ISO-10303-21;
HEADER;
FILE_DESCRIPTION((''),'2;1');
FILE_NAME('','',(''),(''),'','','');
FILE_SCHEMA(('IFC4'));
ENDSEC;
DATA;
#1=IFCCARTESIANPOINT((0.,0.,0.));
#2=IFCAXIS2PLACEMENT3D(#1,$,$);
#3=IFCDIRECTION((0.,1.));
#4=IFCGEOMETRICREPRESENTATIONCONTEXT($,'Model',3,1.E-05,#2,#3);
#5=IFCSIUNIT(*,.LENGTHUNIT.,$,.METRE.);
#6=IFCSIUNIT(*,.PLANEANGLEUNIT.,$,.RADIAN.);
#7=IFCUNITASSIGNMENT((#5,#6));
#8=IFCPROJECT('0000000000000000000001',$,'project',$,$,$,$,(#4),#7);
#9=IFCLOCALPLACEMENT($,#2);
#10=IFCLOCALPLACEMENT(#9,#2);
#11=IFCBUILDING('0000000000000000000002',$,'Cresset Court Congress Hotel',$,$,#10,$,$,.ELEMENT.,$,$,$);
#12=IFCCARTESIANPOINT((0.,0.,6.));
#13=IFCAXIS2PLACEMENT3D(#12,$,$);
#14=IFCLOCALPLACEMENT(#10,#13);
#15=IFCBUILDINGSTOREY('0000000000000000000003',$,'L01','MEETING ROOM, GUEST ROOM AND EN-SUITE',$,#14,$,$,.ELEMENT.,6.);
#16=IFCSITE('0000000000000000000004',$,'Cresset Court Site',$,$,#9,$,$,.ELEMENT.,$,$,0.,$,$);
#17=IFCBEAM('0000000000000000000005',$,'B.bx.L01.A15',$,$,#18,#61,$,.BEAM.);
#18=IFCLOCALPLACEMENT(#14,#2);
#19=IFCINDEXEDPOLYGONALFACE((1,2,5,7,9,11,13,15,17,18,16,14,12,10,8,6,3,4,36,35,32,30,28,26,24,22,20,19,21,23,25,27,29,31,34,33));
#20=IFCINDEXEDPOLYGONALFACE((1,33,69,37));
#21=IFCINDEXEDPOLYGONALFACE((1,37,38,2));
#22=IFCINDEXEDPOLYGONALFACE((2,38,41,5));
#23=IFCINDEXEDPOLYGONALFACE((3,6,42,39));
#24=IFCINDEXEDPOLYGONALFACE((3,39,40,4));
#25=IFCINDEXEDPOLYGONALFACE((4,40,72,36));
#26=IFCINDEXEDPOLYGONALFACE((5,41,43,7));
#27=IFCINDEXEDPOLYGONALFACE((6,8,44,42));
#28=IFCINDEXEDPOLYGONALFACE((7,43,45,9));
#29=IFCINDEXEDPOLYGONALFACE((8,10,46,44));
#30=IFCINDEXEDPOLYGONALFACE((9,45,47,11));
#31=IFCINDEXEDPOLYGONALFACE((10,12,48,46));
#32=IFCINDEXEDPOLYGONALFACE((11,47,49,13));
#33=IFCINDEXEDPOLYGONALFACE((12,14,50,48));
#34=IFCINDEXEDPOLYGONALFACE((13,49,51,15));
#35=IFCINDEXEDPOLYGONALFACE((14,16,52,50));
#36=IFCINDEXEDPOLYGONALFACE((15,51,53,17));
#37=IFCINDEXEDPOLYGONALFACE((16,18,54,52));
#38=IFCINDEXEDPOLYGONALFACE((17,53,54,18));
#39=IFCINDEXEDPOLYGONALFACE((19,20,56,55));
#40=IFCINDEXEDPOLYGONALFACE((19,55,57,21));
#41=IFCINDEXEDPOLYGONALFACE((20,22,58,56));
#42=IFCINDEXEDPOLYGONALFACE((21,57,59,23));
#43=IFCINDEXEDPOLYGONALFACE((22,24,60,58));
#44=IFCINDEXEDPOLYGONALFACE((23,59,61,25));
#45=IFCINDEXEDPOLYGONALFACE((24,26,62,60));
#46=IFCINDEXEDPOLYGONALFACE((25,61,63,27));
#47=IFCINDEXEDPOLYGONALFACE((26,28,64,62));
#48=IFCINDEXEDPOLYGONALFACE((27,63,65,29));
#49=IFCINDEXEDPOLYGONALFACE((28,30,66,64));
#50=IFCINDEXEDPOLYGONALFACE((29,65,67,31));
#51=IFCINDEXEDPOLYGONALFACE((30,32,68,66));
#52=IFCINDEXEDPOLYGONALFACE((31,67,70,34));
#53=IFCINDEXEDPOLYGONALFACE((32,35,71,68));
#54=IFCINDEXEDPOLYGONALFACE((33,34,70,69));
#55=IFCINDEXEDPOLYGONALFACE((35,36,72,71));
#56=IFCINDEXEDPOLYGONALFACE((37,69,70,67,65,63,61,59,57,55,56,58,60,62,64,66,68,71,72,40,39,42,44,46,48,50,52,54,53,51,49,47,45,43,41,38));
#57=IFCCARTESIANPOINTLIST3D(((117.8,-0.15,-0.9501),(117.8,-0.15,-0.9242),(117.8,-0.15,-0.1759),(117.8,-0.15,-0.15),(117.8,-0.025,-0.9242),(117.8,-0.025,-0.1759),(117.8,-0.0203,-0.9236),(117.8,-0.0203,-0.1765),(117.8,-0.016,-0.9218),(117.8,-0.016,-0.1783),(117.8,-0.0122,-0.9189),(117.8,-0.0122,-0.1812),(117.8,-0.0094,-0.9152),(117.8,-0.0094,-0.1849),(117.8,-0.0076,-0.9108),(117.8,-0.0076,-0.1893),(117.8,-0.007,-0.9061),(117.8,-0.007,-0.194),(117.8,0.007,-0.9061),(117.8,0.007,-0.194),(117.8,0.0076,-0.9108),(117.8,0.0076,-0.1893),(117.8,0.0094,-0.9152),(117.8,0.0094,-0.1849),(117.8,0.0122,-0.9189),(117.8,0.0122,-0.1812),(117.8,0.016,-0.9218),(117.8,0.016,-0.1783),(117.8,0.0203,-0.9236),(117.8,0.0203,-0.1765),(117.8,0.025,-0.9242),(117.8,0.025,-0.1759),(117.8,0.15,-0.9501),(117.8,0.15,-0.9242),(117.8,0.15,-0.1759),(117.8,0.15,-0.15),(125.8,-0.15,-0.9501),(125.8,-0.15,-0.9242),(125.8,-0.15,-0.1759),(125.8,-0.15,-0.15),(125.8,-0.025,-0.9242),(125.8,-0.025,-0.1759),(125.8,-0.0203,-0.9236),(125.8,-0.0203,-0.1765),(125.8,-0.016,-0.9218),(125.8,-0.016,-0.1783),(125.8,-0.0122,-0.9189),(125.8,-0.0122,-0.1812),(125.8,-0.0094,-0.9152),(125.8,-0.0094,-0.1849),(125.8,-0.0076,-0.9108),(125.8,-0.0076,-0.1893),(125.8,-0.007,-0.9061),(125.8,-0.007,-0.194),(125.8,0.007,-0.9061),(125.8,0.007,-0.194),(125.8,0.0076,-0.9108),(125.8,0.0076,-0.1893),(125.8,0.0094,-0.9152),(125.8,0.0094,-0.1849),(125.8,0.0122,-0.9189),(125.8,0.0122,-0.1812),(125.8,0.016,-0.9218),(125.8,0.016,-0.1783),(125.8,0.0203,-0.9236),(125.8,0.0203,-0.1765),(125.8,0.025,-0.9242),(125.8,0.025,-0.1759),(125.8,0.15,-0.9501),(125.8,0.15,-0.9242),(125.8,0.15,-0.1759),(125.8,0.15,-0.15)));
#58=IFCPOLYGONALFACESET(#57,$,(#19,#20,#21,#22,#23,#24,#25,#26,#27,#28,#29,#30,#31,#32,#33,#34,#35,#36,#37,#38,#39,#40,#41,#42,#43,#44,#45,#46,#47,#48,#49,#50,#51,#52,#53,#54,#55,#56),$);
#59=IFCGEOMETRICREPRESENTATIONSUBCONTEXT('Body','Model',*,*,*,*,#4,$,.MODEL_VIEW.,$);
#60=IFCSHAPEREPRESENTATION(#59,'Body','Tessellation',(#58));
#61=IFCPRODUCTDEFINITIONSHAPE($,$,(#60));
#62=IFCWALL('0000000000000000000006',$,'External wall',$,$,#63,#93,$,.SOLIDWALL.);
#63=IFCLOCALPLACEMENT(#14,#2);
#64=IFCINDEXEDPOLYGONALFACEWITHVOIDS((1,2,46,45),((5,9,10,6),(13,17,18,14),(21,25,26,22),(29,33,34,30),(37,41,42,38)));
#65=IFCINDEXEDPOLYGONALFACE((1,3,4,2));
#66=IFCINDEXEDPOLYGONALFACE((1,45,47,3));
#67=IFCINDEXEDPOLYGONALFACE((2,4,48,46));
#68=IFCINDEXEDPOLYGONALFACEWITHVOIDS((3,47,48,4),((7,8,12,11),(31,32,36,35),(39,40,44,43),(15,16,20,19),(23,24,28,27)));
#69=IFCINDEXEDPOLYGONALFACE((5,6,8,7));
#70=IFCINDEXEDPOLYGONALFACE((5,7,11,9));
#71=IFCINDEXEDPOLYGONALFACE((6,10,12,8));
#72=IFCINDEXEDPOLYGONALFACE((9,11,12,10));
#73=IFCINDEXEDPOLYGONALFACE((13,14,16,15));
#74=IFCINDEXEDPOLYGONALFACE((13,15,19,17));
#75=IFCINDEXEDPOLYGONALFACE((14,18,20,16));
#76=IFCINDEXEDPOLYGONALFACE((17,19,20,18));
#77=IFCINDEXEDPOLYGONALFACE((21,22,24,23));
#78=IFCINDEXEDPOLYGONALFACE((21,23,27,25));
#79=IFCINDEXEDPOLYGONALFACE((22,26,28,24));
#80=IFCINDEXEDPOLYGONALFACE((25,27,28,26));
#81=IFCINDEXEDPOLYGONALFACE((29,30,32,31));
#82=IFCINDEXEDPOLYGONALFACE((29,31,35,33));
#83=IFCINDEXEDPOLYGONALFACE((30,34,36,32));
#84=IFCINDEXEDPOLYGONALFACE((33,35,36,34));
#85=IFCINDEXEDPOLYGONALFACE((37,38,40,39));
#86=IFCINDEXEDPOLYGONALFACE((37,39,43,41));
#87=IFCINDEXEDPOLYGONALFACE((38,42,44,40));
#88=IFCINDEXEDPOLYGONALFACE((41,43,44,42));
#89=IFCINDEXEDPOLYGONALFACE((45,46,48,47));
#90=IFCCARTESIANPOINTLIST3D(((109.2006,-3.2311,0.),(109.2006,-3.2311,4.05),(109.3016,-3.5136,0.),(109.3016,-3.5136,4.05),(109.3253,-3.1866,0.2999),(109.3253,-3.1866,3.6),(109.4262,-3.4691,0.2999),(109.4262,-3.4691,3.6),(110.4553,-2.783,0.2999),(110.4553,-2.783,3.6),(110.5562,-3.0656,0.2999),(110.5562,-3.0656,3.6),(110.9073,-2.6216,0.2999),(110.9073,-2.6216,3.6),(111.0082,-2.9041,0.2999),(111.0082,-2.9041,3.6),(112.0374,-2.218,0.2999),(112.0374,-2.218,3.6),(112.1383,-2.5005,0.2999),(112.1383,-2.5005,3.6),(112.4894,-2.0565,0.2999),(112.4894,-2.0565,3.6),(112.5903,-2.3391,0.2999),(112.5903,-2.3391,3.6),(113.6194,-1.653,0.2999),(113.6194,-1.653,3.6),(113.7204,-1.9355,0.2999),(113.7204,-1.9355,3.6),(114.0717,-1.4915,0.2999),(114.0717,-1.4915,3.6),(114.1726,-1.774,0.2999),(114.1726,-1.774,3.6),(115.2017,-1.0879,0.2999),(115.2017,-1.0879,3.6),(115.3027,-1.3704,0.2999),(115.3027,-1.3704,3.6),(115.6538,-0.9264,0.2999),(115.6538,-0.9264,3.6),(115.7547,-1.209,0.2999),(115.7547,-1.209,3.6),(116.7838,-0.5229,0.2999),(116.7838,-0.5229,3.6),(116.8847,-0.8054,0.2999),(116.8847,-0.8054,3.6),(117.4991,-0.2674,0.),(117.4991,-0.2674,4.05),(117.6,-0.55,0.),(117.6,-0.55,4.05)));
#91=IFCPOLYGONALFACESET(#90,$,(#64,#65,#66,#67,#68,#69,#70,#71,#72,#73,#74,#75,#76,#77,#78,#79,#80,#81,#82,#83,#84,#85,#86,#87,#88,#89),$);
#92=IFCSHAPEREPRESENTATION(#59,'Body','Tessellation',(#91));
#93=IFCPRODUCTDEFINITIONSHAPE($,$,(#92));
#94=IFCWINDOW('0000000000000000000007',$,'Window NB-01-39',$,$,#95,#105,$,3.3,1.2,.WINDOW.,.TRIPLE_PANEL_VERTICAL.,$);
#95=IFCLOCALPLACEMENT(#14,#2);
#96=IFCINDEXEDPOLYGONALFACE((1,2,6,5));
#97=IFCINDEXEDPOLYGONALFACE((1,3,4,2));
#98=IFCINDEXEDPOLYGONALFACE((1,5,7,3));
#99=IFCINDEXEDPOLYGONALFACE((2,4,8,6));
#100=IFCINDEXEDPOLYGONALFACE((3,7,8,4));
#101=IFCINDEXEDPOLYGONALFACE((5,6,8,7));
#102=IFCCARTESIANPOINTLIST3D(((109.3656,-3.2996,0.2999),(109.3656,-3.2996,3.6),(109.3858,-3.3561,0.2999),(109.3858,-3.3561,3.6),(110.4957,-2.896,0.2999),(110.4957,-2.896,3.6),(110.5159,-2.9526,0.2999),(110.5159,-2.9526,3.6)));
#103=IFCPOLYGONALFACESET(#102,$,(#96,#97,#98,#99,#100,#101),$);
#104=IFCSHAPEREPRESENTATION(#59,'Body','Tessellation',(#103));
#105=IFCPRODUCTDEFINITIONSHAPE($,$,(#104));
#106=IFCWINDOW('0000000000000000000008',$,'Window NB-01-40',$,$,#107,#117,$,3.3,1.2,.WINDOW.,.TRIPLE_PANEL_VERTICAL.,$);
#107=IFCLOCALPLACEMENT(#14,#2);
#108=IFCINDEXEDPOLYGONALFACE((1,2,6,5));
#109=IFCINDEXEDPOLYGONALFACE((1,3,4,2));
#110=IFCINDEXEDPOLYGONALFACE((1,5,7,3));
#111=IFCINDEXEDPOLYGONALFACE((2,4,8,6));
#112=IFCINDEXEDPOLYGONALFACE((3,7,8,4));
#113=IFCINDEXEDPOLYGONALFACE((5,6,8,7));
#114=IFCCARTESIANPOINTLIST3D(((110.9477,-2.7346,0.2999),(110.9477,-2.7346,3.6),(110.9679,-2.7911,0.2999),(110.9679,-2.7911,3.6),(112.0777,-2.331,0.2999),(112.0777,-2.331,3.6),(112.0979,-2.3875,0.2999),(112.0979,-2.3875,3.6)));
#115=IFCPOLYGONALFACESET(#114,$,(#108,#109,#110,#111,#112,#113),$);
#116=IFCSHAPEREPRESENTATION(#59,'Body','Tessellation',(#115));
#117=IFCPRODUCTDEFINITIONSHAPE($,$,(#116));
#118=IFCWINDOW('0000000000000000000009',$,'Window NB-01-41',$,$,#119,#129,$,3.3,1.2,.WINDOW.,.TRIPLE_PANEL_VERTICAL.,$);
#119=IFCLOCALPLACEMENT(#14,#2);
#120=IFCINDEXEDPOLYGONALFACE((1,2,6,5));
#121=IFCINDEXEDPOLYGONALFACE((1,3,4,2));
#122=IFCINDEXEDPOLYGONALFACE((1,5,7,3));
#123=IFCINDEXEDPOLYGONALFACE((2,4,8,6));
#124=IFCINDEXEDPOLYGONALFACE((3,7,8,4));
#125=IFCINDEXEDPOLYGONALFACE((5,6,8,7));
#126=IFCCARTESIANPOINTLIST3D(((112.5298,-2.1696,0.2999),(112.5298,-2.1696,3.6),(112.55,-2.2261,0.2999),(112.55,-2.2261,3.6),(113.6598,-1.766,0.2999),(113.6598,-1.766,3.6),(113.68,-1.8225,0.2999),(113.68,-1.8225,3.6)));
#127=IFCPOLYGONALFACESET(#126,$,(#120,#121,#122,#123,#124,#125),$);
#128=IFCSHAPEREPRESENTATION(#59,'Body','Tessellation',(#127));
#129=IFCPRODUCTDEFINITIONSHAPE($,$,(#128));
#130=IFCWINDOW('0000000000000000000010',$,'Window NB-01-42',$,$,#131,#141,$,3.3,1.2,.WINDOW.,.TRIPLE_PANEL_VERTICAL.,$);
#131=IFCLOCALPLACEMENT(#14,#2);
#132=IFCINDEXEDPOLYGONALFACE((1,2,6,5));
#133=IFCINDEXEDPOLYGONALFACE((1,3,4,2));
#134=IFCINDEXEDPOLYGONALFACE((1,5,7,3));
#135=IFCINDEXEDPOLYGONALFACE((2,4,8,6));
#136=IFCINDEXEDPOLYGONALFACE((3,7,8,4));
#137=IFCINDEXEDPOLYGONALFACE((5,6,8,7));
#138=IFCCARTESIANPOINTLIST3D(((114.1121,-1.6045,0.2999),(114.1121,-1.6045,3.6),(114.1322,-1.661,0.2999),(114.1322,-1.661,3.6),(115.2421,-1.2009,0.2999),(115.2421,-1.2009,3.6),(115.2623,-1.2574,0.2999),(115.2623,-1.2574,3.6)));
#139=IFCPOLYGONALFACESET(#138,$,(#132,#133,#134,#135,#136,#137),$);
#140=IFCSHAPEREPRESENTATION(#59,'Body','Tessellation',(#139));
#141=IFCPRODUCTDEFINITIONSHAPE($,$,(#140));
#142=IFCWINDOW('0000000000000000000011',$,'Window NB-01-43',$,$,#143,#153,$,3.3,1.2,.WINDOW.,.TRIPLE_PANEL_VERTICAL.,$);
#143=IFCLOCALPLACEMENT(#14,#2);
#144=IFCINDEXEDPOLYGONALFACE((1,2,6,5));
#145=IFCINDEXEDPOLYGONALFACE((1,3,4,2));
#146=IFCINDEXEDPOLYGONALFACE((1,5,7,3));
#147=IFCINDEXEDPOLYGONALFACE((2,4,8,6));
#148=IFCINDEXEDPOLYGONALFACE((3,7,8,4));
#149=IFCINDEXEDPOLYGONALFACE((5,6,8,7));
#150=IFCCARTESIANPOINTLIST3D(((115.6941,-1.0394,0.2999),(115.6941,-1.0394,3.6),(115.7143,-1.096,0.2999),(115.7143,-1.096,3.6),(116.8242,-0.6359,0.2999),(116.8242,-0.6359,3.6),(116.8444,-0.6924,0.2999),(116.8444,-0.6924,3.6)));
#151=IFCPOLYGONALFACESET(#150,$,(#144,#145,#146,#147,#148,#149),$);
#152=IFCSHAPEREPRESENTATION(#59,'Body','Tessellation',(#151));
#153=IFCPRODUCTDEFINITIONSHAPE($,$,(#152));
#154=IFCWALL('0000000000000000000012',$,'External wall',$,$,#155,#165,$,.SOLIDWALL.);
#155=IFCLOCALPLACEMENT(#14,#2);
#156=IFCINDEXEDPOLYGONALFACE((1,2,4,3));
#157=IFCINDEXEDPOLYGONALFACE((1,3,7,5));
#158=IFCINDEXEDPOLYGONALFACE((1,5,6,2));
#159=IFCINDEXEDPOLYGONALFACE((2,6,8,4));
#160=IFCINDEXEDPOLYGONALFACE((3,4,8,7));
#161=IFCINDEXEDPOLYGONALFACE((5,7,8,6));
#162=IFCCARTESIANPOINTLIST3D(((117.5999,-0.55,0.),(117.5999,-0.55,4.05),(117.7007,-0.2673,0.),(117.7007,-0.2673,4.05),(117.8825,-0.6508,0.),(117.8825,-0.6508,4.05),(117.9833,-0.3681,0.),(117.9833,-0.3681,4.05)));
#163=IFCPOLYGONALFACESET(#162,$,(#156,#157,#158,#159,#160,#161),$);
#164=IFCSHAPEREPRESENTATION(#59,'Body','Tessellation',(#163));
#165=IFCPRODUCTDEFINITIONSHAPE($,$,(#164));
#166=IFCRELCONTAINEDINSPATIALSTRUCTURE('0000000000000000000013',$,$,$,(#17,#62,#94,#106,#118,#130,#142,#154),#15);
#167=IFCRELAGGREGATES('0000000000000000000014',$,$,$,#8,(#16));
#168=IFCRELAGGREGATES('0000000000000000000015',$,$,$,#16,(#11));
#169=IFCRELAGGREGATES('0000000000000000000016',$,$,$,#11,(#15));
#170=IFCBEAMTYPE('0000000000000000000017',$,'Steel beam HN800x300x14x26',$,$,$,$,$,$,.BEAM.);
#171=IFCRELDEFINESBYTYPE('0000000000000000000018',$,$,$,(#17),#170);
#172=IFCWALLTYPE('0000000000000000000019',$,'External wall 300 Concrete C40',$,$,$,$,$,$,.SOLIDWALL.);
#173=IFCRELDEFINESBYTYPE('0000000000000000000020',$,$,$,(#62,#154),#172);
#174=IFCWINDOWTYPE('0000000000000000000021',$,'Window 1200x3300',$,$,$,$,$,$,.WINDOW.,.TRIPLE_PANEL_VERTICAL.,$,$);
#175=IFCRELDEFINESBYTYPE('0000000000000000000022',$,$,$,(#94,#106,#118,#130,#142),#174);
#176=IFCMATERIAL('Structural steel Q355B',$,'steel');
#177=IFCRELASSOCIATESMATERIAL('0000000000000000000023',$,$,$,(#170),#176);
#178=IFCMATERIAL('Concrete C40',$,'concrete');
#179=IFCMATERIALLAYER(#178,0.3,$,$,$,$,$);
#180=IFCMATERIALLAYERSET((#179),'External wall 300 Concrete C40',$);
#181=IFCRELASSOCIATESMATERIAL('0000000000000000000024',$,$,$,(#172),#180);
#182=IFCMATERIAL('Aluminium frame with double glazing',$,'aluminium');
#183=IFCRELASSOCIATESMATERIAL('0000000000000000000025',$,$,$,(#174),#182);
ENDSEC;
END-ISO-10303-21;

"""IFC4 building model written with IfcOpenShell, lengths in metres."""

from ifc_helpers import new_model, si_unit, direction, frame, frame_2d, origin, origin_2d, place, context, subcontext, project, spatial, rectangle, i_section, extrude, material, layer, layer_set, material_profile, profile_set, type_object, element, fill, save


model = new_model("IFC4")

# Units and contexts
model_context = context("Model", 3, precision=1e-05, world=origin(), true_north=direction((0.0, 1.0)))
body_context = subcontext(model_context, "Body", "Model", "MODEL_VIEW")
ifc_project = project(units=[si_unit("LENGTHUNIT", "METRE"), si_unit("PLANEANGLEUNIT", "RADIAN")], contexts=[model_context])

# Site, building, storey
site_placement = place(None, origin())
site = spatial("IfcSite", under=ifc_project, at=site_placement, Name="Cresset Court Site", CompositionType="ELEMENT", RefElevation=0.0)
building_placement = place(site_placement, origin())
building = spatial("IfcBuilding", under=site, at=building_placement, Name="Cresset Court Congress Hotel", CompositionType="ELEMENT")
storey_placement = place(building_placement, frame((0.0, 0.0, 6.0)))
storey = spatial("IfcBuildingStorey", under=building, at=storey_placement, Name="L01", Description="MEETING ROOM, GUEST ROOM AND EN-SUITE", CompositionType="ELEMENT", Elevation=6.0)

# Beam
ifc_material_1 = material(Name="Structural steel Q355B", Category="steel")
ifc_material_profile_1 = material_profile(ifc_material_1, i_section(OverallWidth=0.3, OverallDepth=0.8, WebThickness=0.0139, FlangeThickness=0.0259, FilletRadius=0.0181, at=origin_2d()), Name="HN800x300x14x26")
ifc_profile_set_1 = profile_set([ifc_material_profile_1], Name="Structural steel Q355B")
beam_type = type_object("IfcBeamType", Name="Steel beam HN800x300x14x26", PredefinedType="BEAM", material=ifc_profile_set_1)
for number, where, z_axis, x_axis, name in (
    (1, (117.8, 0.0, -0.55), (1.0, 0.0, 0.0), (0.0, 1.0, 0.0), "B.bx.L01.A15"),
):
    element("IfcBeam", number, at=place(storey_placement, frame(where, z_axis=z_axis, x_axis=x_axis)), inside=storey, type_object=beam_type, Name=name, PredefinedType="BEAM", context=body_context, shape_type="SweptSolid", body=[
        extrude(i_section(OverallWidth=0.3, OverallDepth=0.8, WebThickness=0.0139, FlangeThickness=0.0259, FilletRadius=0.0181, at=origin_2d()), origin(), (0.0, 0.0, 1.0), 8.0),
    ])

# Wall, openings, windows
ifc_material_2 = material(Name="Concrete C40", Category="concrete")
ifc_layer_1 = layer(ifc_material_2, 0.3)
ifc_layer_set_1 = layer_set([ifc_layer_1], Name="External wall 300 Concrete C40")
wall_type = type_object("IfcWallType", Name="External wall 300 Concrete C40", PredefinedType="SOLIDWALL", material=ifc_layer_set_1)
wall_1_placement = place(storey_placement, frame((109.2512, -3.3723, 0.0), z_axis=(0.0, 0.0, 1.0), x_axis=(0.941744, 0.336329, 0.0)))
wall_1 = element("IfcWall", 2, at=wall_1_placement, inside=storey, type_object=wall_type, Name="External wall", PredefinedType="SOLIDWALL", context=body_context, shape_type="SweptSolid", body=[
    extrude(rectangle(XDim=8.8118, YDim=0.3, at=frame_2d((4.4058, 0.0))), origin(), (0.0, 0.0, 1.0), 4.05),
])
opening_1_placement = place(wall_1_placement, frame((0.1321, 0.0, 0.3)))
opening_1 = element("IfcOpeningElement", 3, at=opening_1_placement, cuts=wall_1, PredefinedType="OPENING", context=body_context, shape_type="SweptSolid", body=[
    extrude(rectangle(XDim=1.2, YDim=3.3, at=frame_2d((0.6001, 1.6499))), frame((0.0, 0.1599, 0.0), z_axis=(0.0, -1.0, 0.0), x_axis=(1.0, 0.0, 0.0)), (0.0, 0.0, 1.0), 0.3201),
])
opening_2_placement = place(wall_1_placement, frame((1.812, 0.0, 0.3)))
opening_2 = element("IfcOpeningElement", 4, at=opening_2_placement, cuts=wall_1, PredefinedType="OPENING", context=body_context, shape_type="SweptSolid", body=[
    extrude(rectangle(XDim=1.2, YDim=3.3, at=frame_2d((0.6001, 1.6499))), frame((0.0, 0.1599, 0.0), z_axis=(0.0, -1.0, 0.0), x_axis=(1.0, 0.0, 0.0)), (0.0, 0.0, 1.0), 0.3201),
])
opening_3_placement = place(wall_1_placement, frame((3.4919, 0.0, 0.3)))
opening_3 = element("IfcOpeningElement", 5, at=opening_3_placement, cuts=wall_1, PredefinedType="OPENING", context=body_context, shape_type="SweptSolid", body=[
    extrude(rectangle(XDim=1.2, YDim=3.3, at=frame_2d((0.6001, 1.6499))), frame((0.0, 0.1599, 0.0), z_axis=(0.0, -1.0, 0.0), x_axis=(1.0, 0.0, 0.0)), (0.0, 0.0, 1.0), 0.3201),
])
opening_4_placement = place(wall_1_placement, frame((5.1721, 0.0, 0.3)))
opening_4 = element("IfcOpeningElement", 6, at=opening_4_placement, cuts=wall_1, PredefinedType="OPENING", context=body_context, shape_type="SweptSolid", body=[
    extrude(rectangle(XDim=1.2, YDim=3.3, at=frame_2d((0.6001, 1.6499))), frame((0.0, 0.1599, 0.0), z_axis=(0.0, -1.0, 0.0), x_axis=(1.0, 0.0, 0.0)), (0.0, 0.0, 1.0), 0.3201),
])
opening_5_placement = place(wall_1_placement, frame((6.8521, 0.0, 0.3)))
opening_5 = element("IfcOpeningElement", 7, at=opening_5_placement, cuts=wall_1, PredefinedType="OPENING", context=body_context, shape_type="SweptSolid", body=[
    extrude(rectangle(XDim=1.2, YDim=3.3, at=frame_2d((0.6001, 1.6499))), frame((0.0, 0.1599, 0.0), z_axis=(0.0, -1.0, 0.0), x_axis=(1.0, 0.0, 0.0)), (0.0, 0.0, 1.0), 0.3201),
])
ifc_material_3 = material(Name="Aluminium frame with double glazing", Category="aluminium")
window_type = type_object("IfcWindowType", Name="Window 1200x3300", PartitioningType="TRIPLE_PANEL_VERTICAL", PredefinedType="WINDOW", material=ifc_material_3)
window_1_placement = place(opening_1_placement, origin())
window_1 = element("IfcWindow", 8, at=window_1_placement, inside=storey, type_object=window_type, Name="Window NB-01-39", OverallHeight=3.3, OverallWidth=1.2, PartitioningType="TRIPLE_PANEL_VERTICAL", PredefinedType="WINDOW", context=body_context, shape_type="SweptSolid", body=[
    extrude(rectangle(XDim=1.2, YDim=3.3, at=frame_2d((0.6001, 1.6499))), frame((0.0, 0.03, 0.0), z_axis=(0.0, -1.0, 0.0), x_axis=(1.0, 0.0, 0.0)), (0.0, 0.0, 1.0), 0.0601),
])
fill(opening_1, window_1)
window_2_placement = place(opening_2_placement, origin())
window_2 = element("IfcWindow", 9, at=window_2_placement, inside=storey, type_object=window_type, Name="Window NB-01-40", OverallHeight=3.3, OverallWidth=1.2, PartitioningType="TRIPLE_PANEL_VERTICAL", PredefinedType="WINDOW", context=body_context, shape_type="SweptSolid", body=[
    extrude(rectangle(XDim=1.2, YDim=3.3, at=frame_2d((0.6001, 1.6499))), frame((0.0, 0.03, 0.0), z_axis=(0.0, -1.0, 0.0), x_axis=(1.0, 0.0, 0.0)), (0.0, 0.0, 1.0), 0.0601),
])
fill(opening_2, window_2)
window_3_placement = place(opening_3_placement, origin())
window_3 = element("IfcWindow", 10, at=window_3_placement, inside=storey, type_object=window_type, Name="Window NB-01-41", OverallHeight=3.3, OverallWidth=1.2, PartitioningType="TRIPLE_PANEL_VERTICAL", PredefinedType="WINDOW", context=body_context, shape_type="SweptSolid", body=[
    extrude(rectangle(XDim=1.2, YDim=3.3, at=frame_2d((0.6001, 1.6499))), frame((0.0, 0.03, 0.0), z_axis=(0.0, -1.0, 0.0), x_axis=(1.0, 0.0, 0.0)), (0.0, 0.0, 1.0), 0.0601),
])
fill(opening_3, window_3)
window_4_placement = place(opening_4_placement, origin())
window_4 = element("IfcWindow", 11, at=window_4_placement, inside=storey, type_object=window_type, Name="Window NB-01-42", OverallHeight=3.3, OverallWidth=1.2, PartitioningType="TRIPLE_PANEL_VERTICAL", PredefinedType="WINDOW", context=body_context, shape_type="SweptSolid", body=[
    extrude(rectangle(XDim=1.2, YDim=3.3, at=frame_2d((0.6001, 1.6499))), frame((0.0, 0.03, 0.0), z_axis=(0.0, -1.0, 0.0), x_axis=(1.0, 0.0, 0.0)), (0.0, 0.0, 1.0), 0.0601),
])
fill(opening_4, window_4)
window_5_placement = place(opening_5_placement, origin())
window_5 = element("IfcWindow", 12, at=window_5_placement, inside=storey, type_object=window_type, Name="Window NB-01-43", OverallHeight=3.3, OverallWidth=1.2, PartitioningType="TRIPLE_PANEL_VERTICAL", PredefinedType="WINDOW", context=body_context, shape_type="SweptSolid", body=[
    extrude(rectangle(XDim=1.2, YDim=3.3, at=frame_2d((0.6001, 1.6499))), frame((0.0, 0.03, 0.0), z_axis=(0.0, -1.0, 0.0), x_axis=(1.0, 0.0, 0.0)), (0.0, 0.0, 1.0), 0.0601),
])
fill(opening_5, window_5)

# Wall
wall_2_placement = place(storey_placement, frame((117.6504, -0.4087, 0.0), z_axis=(0.0, 0.0, 1.0), x_axis=(0.941889, -0.335924, 0.0)))
element("IfcWall", 13, at=wall_2_placement, inside=storey, type_object=wall_type, Name="External wall", PredefinedType="SOLIDWALL", context=body_context, shape_type="SweptSolid", body=[
    extrude(rectangle(XDim=0.3, YDim=0.3, at=frame_2d((0.1499, 0.0))), origin(), (0.0, 0.0, 1.0), 4.05),
])

save(model, "model.ifc")
